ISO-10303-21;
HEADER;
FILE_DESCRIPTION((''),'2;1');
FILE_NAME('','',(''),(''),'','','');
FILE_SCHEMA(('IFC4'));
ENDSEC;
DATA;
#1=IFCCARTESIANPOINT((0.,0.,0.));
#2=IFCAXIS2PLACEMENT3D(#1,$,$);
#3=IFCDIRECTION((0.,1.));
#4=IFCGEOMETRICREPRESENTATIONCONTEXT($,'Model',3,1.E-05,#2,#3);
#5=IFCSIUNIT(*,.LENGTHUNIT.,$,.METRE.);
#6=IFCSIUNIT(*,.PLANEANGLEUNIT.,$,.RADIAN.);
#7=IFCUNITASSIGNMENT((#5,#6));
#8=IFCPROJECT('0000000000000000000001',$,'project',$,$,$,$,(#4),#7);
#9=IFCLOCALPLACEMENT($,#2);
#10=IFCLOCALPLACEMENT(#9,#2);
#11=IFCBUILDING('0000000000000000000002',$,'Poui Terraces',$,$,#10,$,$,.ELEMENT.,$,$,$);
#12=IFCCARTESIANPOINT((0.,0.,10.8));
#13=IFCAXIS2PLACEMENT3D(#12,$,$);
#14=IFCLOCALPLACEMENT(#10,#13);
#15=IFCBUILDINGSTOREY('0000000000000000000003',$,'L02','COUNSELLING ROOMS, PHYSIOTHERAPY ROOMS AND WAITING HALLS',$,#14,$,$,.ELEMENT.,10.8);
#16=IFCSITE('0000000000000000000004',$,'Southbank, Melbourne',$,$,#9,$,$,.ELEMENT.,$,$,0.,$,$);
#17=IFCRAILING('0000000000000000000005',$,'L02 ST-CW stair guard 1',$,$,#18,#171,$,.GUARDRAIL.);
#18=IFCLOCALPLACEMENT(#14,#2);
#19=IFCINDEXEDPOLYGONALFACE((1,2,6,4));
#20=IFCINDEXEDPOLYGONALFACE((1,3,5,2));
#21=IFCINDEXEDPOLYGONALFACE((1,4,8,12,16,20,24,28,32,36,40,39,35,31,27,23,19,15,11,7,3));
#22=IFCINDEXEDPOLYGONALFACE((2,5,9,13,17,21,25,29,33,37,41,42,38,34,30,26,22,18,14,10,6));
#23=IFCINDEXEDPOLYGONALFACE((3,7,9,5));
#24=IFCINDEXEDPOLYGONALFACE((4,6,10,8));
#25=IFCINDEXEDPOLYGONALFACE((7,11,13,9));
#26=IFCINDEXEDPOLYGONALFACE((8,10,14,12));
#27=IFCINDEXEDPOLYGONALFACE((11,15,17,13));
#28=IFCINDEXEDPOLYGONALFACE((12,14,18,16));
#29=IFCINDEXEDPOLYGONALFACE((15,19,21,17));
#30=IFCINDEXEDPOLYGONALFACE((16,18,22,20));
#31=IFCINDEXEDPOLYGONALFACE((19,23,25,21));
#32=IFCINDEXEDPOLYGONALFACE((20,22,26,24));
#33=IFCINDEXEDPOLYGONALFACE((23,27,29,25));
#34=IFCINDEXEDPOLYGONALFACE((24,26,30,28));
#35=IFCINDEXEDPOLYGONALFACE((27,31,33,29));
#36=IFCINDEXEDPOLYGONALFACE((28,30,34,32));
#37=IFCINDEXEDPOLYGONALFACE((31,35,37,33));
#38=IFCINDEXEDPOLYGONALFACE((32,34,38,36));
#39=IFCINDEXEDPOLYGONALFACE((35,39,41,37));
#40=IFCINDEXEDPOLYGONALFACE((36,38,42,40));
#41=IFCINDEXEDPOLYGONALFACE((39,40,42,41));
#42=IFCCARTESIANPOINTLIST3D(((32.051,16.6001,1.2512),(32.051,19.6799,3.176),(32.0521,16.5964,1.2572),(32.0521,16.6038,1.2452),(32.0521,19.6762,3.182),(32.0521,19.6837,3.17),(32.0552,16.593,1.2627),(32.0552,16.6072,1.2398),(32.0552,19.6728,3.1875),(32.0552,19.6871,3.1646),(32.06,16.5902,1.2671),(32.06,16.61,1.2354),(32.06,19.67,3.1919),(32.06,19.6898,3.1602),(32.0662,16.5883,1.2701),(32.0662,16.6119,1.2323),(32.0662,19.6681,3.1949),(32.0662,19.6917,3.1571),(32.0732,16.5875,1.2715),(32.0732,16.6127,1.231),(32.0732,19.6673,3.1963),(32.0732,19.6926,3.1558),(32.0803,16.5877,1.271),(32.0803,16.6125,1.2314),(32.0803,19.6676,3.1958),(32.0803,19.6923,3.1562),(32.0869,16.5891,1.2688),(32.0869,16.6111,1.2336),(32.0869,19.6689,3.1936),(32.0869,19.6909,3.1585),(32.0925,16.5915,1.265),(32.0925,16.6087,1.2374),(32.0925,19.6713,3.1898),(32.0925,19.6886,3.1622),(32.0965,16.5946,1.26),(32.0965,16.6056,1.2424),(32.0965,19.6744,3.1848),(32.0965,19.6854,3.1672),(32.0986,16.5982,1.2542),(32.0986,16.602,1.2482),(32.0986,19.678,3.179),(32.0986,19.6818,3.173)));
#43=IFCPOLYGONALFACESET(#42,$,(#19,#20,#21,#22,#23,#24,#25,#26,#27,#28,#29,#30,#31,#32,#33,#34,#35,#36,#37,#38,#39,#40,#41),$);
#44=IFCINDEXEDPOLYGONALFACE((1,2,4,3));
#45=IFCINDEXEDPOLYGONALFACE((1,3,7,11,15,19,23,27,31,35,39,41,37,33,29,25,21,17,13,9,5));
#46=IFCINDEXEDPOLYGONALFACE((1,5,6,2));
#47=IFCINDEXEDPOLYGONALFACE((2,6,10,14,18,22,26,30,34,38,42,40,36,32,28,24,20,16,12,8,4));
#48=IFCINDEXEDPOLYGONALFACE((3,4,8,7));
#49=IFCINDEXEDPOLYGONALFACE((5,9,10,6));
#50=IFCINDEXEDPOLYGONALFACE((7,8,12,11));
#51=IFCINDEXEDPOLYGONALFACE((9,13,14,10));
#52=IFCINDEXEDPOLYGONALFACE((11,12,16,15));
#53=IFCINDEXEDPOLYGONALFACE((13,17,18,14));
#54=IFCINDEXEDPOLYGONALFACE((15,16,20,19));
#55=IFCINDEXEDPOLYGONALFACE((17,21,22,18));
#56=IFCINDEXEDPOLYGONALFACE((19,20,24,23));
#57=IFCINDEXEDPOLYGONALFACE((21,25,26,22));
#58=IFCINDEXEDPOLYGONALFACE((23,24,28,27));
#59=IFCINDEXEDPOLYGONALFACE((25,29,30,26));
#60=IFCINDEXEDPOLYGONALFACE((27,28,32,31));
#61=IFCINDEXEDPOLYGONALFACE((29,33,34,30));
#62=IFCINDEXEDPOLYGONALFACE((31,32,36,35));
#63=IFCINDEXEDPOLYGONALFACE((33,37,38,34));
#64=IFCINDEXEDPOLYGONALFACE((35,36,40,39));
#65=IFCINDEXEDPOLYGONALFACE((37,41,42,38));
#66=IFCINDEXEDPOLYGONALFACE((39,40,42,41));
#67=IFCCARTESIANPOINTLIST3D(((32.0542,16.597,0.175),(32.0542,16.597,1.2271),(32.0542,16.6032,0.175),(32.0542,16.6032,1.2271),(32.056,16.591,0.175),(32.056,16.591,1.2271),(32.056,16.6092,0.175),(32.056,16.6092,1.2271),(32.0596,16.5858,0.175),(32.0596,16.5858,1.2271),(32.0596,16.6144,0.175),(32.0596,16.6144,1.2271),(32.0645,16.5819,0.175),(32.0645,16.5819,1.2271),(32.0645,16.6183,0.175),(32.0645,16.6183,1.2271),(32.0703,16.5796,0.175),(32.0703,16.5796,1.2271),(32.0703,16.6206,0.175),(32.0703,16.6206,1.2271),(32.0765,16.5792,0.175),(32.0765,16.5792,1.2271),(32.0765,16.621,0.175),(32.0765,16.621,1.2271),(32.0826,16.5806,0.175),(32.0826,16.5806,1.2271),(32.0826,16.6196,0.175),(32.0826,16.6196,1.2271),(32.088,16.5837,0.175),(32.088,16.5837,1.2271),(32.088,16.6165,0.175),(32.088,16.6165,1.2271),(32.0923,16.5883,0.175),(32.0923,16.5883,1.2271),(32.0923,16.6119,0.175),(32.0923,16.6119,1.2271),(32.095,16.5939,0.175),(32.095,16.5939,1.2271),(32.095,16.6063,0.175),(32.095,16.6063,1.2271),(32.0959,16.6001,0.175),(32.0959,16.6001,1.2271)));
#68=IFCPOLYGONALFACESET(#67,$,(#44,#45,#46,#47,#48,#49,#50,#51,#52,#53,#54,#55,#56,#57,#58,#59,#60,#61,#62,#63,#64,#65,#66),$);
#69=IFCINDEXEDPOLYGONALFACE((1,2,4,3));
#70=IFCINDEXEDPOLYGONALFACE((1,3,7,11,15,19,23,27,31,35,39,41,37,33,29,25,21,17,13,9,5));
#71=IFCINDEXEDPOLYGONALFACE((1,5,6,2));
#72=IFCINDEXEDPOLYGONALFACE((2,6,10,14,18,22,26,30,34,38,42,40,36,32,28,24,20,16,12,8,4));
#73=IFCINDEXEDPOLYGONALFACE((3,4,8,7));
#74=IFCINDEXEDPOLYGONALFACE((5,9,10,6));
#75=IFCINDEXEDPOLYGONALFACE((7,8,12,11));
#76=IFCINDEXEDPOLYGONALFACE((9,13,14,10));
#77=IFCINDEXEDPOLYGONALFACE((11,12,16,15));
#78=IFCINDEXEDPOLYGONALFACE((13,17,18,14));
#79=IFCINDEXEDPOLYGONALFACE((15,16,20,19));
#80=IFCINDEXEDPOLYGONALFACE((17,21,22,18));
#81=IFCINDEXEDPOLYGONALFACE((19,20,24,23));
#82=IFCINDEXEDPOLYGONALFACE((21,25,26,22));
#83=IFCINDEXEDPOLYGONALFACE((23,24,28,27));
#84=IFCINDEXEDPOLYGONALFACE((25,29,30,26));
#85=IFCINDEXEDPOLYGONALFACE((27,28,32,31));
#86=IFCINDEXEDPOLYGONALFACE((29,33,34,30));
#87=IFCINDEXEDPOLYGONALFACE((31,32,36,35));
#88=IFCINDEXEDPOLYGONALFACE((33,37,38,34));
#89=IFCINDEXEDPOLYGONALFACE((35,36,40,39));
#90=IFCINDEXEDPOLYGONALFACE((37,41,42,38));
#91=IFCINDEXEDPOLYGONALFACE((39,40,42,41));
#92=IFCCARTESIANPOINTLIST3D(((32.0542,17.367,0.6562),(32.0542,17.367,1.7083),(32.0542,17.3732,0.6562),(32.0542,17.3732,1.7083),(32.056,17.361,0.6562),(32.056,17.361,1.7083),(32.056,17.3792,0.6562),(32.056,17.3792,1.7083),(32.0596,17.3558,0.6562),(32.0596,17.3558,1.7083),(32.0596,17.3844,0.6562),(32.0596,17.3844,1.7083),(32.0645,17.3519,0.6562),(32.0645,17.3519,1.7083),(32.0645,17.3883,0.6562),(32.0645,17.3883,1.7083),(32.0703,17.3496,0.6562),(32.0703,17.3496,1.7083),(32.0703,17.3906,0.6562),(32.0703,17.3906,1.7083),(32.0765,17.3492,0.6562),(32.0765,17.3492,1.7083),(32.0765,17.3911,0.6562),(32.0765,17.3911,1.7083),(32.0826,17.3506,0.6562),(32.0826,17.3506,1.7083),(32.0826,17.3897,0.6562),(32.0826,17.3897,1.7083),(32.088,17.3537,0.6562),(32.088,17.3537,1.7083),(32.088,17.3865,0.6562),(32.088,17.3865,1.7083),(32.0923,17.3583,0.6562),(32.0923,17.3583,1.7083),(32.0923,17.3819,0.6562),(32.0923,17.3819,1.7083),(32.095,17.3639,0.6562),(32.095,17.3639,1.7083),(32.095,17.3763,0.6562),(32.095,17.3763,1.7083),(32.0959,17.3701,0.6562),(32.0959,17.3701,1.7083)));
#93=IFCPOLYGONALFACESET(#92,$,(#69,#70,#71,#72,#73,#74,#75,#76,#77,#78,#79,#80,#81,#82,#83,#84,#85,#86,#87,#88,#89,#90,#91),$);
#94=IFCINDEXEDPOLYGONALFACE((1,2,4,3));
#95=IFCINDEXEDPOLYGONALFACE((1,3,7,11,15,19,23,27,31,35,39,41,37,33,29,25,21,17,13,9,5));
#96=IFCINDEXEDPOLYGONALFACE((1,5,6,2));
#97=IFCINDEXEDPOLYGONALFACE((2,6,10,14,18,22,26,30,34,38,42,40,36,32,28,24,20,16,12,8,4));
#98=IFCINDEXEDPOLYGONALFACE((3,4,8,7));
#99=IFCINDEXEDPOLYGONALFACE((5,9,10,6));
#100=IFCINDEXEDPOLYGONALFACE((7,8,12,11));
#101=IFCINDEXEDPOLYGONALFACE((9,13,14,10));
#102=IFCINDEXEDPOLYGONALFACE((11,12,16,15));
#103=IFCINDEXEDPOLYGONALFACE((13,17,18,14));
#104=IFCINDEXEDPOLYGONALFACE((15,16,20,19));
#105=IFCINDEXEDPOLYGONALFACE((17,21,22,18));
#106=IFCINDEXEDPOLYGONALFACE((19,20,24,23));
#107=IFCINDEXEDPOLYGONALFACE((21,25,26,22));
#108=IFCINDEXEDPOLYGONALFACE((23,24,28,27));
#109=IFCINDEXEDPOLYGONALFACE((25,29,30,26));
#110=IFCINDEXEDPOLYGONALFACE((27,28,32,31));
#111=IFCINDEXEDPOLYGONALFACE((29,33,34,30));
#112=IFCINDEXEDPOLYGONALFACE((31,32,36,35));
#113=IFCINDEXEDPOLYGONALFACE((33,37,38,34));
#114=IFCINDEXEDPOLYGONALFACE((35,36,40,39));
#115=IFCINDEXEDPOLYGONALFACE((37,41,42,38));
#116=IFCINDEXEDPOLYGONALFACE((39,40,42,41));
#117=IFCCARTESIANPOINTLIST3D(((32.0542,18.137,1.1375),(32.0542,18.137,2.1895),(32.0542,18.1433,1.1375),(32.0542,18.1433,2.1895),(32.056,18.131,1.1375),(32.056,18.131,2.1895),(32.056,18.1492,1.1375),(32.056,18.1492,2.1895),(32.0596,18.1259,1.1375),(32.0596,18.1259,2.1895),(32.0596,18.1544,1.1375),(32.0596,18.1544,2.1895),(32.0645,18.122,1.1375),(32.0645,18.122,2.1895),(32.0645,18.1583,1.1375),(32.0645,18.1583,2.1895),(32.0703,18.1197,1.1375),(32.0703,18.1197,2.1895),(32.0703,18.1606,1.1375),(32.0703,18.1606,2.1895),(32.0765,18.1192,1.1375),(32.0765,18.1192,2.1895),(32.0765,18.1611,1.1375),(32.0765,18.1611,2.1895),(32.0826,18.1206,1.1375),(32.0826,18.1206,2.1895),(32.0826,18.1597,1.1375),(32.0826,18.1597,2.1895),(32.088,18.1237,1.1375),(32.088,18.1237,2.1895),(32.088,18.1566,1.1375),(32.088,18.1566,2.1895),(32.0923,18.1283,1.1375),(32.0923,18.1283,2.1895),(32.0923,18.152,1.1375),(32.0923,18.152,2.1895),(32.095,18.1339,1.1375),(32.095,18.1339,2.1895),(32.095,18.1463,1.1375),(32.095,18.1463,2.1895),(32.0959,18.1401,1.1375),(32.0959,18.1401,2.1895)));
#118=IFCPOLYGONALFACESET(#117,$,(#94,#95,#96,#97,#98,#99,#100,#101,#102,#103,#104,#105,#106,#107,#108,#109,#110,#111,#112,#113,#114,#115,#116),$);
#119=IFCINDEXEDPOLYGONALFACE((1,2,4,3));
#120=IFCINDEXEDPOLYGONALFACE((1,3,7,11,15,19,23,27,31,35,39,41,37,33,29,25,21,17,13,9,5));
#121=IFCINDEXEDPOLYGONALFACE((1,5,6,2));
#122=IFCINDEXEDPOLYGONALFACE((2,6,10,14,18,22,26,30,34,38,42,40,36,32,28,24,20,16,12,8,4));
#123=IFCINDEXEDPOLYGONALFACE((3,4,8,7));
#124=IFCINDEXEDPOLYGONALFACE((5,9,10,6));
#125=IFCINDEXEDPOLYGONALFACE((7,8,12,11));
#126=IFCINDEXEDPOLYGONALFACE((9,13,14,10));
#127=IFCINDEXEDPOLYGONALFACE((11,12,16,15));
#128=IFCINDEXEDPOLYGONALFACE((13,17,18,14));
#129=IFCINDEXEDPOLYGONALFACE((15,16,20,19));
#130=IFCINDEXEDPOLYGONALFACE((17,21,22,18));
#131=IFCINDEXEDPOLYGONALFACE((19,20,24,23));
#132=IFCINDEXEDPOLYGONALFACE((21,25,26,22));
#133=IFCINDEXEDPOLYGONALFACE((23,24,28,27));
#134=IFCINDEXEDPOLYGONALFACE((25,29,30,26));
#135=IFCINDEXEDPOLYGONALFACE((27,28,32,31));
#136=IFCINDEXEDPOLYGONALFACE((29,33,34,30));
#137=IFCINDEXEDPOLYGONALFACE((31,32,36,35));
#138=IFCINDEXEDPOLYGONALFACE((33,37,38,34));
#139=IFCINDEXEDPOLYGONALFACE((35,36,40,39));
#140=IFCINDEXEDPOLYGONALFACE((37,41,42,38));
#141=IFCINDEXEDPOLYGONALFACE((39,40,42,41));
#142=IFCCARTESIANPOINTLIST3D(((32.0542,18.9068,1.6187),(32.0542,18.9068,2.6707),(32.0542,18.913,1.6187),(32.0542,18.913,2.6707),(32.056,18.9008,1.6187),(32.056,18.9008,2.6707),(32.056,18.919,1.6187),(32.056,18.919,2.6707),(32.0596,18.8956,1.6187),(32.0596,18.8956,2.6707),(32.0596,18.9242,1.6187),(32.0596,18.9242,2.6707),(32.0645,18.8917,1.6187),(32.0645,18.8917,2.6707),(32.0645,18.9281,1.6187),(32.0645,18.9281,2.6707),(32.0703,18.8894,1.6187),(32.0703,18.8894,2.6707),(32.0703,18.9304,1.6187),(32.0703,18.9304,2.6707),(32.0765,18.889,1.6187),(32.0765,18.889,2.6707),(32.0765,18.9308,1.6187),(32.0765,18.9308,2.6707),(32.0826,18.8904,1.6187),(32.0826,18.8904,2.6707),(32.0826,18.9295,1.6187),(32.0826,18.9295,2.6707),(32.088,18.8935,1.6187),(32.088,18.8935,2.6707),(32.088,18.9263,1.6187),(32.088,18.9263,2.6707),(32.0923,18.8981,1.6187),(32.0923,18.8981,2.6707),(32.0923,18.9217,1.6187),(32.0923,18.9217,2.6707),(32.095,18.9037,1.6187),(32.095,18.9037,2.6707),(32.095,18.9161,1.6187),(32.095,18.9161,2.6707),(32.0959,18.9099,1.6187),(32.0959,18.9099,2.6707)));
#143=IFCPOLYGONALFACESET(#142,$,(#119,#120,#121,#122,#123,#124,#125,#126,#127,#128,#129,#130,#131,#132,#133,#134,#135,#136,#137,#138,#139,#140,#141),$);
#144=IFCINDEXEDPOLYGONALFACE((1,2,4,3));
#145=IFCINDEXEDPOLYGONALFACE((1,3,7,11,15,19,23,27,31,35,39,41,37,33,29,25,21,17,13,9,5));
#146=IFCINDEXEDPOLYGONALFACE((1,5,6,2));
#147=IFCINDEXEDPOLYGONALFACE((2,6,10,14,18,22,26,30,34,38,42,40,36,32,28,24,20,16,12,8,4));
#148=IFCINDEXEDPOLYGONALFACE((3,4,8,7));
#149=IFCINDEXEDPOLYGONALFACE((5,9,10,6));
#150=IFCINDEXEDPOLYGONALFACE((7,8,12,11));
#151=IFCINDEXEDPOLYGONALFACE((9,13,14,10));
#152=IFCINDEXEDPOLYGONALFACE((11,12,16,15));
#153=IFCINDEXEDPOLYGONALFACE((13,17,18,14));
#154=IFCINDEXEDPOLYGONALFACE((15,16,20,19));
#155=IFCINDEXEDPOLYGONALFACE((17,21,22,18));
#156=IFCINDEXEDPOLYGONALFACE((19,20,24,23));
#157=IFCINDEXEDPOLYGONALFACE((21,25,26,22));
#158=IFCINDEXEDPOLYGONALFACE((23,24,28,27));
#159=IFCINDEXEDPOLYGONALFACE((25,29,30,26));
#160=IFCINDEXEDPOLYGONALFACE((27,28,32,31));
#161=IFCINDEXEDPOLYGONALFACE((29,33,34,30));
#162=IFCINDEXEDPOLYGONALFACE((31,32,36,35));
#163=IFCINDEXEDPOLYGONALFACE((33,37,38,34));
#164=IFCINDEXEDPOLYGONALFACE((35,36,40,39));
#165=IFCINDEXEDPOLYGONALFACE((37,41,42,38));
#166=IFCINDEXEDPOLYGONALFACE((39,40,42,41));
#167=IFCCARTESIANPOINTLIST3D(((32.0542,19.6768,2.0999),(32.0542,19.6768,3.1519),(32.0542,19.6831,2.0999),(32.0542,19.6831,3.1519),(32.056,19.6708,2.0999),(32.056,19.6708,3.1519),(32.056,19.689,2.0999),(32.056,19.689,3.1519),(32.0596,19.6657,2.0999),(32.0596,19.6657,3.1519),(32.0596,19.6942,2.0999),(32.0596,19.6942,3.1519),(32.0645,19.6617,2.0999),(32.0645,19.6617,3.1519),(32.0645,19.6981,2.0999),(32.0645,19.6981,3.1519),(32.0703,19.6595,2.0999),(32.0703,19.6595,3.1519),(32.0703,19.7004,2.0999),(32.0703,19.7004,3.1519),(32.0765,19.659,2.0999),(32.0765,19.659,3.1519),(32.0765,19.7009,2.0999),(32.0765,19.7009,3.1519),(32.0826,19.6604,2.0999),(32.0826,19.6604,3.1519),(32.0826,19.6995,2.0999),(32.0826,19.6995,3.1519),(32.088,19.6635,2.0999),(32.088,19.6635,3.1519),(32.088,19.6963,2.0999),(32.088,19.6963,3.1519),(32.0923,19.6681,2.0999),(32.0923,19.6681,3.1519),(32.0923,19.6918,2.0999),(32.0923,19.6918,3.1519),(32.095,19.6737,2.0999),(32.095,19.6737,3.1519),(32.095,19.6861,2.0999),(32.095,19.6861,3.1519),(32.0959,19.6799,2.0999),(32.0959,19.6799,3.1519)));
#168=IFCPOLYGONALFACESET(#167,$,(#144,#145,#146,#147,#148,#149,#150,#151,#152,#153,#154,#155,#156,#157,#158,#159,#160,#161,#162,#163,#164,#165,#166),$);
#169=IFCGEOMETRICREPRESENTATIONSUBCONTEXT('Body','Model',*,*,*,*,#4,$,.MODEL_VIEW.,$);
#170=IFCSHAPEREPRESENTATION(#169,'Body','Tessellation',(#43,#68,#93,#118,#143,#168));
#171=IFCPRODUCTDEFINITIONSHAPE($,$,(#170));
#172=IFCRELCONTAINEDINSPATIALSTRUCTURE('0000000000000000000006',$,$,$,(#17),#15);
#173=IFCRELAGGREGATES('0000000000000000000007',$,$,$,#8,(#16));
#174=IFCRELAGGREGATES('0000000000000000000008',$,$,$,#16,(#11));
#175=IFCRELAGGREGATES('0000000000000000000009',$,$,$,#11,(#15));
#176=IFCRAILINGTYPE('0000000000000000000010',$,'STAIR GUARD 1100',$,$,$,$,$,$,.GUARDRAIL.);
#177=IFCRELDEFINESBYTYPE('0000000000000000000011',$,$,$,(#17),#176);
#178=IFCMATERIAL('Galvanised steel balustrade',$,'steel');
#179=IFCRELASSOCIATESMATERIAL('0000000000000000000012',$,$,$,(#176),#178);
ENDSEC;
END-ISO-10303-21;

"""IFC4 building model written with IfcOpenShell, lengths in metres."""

from ifc_helpers import new_model, si_unit, direction, frame, origin, origin_2d, place, context, subcontext, project, spatial, circle, extrude, material, type_object, element, save


model = new_model("IFC4")

# Units and contexts
model_context = context("Model", 3, precision=1e-05, world=origin(), true_north=direction((0.0, 1.0)))
body_context = subcontext(model_context, "Body", "Model", "MODEL_VIEW")
ifc_project = project(units=[si_unit("LENGTHUNIT", "METRE"), si_unit("PLANEANGLEUNIT", "RADIAN")], contexts=[model_context])

# Site, building, storey
site_placement = place(None, origin())
site = spatial("IfcSite", under=ifc_project, at=site_placement, Name="Southbank, Melbourne", CompositionType="ELEMENT", RefElevation=0.0)
building_placement = place(site_placement, origin())
building = spatial("IfcBuilding", under=site, at=building_placement, Name="Poui Terraces", CompositionType="ELEMENT")
storey_placement = place(building_placement, frame((0.0, 0.0, 10.8)))
storey = spatial("IfcBuildingStorey", under=building, at=storey_placement, Name="L02", Description="COUNSELLING ROOMS, PHYSIOTHERAPY ROOMS AND WAITING HALLS", CompositionType="ELEMENT", Elevation=10.8)

# Railing
ifc_material_1 = material(Name="Galvanised steel balustrade", Category="steel")
railing_type_1 = type_object("IfcRailingType", Name="STAIR GUARD 1100", PredefinedType="GUARDRAIL", material=ifc_material_1)
railing_1_placement = place(storey_placement, frame((32.075, 16.6001, 0.175)))
element("IfcRailing", 1, at=railing_1_placement, inside=storey, type_object=railing_type_1, Name="L02 ST-CW stair guard 1", PredefinedType="GUARDRAIL", context=body_context, shape_type="SweptSolid", body=[
    extrude(circle(Radius=0.0239, at=origin_2d()), frame((0.0, 0.0, 1.0762), z_axis=(0.0, 0.84801, 0.529981), x_axis=(-1.0, 0.0, 0.0)), (0.0, 0.0, 1.0), 3.6318),
    extrude(circle(Radius=0.021, at=origin_2d()), origin(), (0.0, 0.0, 1.0), 1.052),
    extrude(circle(Radius=0.021, at=origin_2d()), frame((0.0, 0.77, 0.4812)), (0.0, 0.0, 1.0), 1.052),
    extrude(circle(Radius=0.021, at=origin_2d()), frame((0.0, 1.54, 0.9624)), (0.0, 0.0, 1.0), 1.052),
    extrude(circle(Radius=0.021, at=origin_2d()), frame((0.0, 2.3098, 1.4436)), (0.0, 0.0, 1.0), 1.052),
    extrude(circle(Radius=0.021, at=origin_2d()), frame((0.0, 3.0798, 1.9248)), (0.0, 0.0, 1.0), 1.052),
])

save(model, "model.ifc")
